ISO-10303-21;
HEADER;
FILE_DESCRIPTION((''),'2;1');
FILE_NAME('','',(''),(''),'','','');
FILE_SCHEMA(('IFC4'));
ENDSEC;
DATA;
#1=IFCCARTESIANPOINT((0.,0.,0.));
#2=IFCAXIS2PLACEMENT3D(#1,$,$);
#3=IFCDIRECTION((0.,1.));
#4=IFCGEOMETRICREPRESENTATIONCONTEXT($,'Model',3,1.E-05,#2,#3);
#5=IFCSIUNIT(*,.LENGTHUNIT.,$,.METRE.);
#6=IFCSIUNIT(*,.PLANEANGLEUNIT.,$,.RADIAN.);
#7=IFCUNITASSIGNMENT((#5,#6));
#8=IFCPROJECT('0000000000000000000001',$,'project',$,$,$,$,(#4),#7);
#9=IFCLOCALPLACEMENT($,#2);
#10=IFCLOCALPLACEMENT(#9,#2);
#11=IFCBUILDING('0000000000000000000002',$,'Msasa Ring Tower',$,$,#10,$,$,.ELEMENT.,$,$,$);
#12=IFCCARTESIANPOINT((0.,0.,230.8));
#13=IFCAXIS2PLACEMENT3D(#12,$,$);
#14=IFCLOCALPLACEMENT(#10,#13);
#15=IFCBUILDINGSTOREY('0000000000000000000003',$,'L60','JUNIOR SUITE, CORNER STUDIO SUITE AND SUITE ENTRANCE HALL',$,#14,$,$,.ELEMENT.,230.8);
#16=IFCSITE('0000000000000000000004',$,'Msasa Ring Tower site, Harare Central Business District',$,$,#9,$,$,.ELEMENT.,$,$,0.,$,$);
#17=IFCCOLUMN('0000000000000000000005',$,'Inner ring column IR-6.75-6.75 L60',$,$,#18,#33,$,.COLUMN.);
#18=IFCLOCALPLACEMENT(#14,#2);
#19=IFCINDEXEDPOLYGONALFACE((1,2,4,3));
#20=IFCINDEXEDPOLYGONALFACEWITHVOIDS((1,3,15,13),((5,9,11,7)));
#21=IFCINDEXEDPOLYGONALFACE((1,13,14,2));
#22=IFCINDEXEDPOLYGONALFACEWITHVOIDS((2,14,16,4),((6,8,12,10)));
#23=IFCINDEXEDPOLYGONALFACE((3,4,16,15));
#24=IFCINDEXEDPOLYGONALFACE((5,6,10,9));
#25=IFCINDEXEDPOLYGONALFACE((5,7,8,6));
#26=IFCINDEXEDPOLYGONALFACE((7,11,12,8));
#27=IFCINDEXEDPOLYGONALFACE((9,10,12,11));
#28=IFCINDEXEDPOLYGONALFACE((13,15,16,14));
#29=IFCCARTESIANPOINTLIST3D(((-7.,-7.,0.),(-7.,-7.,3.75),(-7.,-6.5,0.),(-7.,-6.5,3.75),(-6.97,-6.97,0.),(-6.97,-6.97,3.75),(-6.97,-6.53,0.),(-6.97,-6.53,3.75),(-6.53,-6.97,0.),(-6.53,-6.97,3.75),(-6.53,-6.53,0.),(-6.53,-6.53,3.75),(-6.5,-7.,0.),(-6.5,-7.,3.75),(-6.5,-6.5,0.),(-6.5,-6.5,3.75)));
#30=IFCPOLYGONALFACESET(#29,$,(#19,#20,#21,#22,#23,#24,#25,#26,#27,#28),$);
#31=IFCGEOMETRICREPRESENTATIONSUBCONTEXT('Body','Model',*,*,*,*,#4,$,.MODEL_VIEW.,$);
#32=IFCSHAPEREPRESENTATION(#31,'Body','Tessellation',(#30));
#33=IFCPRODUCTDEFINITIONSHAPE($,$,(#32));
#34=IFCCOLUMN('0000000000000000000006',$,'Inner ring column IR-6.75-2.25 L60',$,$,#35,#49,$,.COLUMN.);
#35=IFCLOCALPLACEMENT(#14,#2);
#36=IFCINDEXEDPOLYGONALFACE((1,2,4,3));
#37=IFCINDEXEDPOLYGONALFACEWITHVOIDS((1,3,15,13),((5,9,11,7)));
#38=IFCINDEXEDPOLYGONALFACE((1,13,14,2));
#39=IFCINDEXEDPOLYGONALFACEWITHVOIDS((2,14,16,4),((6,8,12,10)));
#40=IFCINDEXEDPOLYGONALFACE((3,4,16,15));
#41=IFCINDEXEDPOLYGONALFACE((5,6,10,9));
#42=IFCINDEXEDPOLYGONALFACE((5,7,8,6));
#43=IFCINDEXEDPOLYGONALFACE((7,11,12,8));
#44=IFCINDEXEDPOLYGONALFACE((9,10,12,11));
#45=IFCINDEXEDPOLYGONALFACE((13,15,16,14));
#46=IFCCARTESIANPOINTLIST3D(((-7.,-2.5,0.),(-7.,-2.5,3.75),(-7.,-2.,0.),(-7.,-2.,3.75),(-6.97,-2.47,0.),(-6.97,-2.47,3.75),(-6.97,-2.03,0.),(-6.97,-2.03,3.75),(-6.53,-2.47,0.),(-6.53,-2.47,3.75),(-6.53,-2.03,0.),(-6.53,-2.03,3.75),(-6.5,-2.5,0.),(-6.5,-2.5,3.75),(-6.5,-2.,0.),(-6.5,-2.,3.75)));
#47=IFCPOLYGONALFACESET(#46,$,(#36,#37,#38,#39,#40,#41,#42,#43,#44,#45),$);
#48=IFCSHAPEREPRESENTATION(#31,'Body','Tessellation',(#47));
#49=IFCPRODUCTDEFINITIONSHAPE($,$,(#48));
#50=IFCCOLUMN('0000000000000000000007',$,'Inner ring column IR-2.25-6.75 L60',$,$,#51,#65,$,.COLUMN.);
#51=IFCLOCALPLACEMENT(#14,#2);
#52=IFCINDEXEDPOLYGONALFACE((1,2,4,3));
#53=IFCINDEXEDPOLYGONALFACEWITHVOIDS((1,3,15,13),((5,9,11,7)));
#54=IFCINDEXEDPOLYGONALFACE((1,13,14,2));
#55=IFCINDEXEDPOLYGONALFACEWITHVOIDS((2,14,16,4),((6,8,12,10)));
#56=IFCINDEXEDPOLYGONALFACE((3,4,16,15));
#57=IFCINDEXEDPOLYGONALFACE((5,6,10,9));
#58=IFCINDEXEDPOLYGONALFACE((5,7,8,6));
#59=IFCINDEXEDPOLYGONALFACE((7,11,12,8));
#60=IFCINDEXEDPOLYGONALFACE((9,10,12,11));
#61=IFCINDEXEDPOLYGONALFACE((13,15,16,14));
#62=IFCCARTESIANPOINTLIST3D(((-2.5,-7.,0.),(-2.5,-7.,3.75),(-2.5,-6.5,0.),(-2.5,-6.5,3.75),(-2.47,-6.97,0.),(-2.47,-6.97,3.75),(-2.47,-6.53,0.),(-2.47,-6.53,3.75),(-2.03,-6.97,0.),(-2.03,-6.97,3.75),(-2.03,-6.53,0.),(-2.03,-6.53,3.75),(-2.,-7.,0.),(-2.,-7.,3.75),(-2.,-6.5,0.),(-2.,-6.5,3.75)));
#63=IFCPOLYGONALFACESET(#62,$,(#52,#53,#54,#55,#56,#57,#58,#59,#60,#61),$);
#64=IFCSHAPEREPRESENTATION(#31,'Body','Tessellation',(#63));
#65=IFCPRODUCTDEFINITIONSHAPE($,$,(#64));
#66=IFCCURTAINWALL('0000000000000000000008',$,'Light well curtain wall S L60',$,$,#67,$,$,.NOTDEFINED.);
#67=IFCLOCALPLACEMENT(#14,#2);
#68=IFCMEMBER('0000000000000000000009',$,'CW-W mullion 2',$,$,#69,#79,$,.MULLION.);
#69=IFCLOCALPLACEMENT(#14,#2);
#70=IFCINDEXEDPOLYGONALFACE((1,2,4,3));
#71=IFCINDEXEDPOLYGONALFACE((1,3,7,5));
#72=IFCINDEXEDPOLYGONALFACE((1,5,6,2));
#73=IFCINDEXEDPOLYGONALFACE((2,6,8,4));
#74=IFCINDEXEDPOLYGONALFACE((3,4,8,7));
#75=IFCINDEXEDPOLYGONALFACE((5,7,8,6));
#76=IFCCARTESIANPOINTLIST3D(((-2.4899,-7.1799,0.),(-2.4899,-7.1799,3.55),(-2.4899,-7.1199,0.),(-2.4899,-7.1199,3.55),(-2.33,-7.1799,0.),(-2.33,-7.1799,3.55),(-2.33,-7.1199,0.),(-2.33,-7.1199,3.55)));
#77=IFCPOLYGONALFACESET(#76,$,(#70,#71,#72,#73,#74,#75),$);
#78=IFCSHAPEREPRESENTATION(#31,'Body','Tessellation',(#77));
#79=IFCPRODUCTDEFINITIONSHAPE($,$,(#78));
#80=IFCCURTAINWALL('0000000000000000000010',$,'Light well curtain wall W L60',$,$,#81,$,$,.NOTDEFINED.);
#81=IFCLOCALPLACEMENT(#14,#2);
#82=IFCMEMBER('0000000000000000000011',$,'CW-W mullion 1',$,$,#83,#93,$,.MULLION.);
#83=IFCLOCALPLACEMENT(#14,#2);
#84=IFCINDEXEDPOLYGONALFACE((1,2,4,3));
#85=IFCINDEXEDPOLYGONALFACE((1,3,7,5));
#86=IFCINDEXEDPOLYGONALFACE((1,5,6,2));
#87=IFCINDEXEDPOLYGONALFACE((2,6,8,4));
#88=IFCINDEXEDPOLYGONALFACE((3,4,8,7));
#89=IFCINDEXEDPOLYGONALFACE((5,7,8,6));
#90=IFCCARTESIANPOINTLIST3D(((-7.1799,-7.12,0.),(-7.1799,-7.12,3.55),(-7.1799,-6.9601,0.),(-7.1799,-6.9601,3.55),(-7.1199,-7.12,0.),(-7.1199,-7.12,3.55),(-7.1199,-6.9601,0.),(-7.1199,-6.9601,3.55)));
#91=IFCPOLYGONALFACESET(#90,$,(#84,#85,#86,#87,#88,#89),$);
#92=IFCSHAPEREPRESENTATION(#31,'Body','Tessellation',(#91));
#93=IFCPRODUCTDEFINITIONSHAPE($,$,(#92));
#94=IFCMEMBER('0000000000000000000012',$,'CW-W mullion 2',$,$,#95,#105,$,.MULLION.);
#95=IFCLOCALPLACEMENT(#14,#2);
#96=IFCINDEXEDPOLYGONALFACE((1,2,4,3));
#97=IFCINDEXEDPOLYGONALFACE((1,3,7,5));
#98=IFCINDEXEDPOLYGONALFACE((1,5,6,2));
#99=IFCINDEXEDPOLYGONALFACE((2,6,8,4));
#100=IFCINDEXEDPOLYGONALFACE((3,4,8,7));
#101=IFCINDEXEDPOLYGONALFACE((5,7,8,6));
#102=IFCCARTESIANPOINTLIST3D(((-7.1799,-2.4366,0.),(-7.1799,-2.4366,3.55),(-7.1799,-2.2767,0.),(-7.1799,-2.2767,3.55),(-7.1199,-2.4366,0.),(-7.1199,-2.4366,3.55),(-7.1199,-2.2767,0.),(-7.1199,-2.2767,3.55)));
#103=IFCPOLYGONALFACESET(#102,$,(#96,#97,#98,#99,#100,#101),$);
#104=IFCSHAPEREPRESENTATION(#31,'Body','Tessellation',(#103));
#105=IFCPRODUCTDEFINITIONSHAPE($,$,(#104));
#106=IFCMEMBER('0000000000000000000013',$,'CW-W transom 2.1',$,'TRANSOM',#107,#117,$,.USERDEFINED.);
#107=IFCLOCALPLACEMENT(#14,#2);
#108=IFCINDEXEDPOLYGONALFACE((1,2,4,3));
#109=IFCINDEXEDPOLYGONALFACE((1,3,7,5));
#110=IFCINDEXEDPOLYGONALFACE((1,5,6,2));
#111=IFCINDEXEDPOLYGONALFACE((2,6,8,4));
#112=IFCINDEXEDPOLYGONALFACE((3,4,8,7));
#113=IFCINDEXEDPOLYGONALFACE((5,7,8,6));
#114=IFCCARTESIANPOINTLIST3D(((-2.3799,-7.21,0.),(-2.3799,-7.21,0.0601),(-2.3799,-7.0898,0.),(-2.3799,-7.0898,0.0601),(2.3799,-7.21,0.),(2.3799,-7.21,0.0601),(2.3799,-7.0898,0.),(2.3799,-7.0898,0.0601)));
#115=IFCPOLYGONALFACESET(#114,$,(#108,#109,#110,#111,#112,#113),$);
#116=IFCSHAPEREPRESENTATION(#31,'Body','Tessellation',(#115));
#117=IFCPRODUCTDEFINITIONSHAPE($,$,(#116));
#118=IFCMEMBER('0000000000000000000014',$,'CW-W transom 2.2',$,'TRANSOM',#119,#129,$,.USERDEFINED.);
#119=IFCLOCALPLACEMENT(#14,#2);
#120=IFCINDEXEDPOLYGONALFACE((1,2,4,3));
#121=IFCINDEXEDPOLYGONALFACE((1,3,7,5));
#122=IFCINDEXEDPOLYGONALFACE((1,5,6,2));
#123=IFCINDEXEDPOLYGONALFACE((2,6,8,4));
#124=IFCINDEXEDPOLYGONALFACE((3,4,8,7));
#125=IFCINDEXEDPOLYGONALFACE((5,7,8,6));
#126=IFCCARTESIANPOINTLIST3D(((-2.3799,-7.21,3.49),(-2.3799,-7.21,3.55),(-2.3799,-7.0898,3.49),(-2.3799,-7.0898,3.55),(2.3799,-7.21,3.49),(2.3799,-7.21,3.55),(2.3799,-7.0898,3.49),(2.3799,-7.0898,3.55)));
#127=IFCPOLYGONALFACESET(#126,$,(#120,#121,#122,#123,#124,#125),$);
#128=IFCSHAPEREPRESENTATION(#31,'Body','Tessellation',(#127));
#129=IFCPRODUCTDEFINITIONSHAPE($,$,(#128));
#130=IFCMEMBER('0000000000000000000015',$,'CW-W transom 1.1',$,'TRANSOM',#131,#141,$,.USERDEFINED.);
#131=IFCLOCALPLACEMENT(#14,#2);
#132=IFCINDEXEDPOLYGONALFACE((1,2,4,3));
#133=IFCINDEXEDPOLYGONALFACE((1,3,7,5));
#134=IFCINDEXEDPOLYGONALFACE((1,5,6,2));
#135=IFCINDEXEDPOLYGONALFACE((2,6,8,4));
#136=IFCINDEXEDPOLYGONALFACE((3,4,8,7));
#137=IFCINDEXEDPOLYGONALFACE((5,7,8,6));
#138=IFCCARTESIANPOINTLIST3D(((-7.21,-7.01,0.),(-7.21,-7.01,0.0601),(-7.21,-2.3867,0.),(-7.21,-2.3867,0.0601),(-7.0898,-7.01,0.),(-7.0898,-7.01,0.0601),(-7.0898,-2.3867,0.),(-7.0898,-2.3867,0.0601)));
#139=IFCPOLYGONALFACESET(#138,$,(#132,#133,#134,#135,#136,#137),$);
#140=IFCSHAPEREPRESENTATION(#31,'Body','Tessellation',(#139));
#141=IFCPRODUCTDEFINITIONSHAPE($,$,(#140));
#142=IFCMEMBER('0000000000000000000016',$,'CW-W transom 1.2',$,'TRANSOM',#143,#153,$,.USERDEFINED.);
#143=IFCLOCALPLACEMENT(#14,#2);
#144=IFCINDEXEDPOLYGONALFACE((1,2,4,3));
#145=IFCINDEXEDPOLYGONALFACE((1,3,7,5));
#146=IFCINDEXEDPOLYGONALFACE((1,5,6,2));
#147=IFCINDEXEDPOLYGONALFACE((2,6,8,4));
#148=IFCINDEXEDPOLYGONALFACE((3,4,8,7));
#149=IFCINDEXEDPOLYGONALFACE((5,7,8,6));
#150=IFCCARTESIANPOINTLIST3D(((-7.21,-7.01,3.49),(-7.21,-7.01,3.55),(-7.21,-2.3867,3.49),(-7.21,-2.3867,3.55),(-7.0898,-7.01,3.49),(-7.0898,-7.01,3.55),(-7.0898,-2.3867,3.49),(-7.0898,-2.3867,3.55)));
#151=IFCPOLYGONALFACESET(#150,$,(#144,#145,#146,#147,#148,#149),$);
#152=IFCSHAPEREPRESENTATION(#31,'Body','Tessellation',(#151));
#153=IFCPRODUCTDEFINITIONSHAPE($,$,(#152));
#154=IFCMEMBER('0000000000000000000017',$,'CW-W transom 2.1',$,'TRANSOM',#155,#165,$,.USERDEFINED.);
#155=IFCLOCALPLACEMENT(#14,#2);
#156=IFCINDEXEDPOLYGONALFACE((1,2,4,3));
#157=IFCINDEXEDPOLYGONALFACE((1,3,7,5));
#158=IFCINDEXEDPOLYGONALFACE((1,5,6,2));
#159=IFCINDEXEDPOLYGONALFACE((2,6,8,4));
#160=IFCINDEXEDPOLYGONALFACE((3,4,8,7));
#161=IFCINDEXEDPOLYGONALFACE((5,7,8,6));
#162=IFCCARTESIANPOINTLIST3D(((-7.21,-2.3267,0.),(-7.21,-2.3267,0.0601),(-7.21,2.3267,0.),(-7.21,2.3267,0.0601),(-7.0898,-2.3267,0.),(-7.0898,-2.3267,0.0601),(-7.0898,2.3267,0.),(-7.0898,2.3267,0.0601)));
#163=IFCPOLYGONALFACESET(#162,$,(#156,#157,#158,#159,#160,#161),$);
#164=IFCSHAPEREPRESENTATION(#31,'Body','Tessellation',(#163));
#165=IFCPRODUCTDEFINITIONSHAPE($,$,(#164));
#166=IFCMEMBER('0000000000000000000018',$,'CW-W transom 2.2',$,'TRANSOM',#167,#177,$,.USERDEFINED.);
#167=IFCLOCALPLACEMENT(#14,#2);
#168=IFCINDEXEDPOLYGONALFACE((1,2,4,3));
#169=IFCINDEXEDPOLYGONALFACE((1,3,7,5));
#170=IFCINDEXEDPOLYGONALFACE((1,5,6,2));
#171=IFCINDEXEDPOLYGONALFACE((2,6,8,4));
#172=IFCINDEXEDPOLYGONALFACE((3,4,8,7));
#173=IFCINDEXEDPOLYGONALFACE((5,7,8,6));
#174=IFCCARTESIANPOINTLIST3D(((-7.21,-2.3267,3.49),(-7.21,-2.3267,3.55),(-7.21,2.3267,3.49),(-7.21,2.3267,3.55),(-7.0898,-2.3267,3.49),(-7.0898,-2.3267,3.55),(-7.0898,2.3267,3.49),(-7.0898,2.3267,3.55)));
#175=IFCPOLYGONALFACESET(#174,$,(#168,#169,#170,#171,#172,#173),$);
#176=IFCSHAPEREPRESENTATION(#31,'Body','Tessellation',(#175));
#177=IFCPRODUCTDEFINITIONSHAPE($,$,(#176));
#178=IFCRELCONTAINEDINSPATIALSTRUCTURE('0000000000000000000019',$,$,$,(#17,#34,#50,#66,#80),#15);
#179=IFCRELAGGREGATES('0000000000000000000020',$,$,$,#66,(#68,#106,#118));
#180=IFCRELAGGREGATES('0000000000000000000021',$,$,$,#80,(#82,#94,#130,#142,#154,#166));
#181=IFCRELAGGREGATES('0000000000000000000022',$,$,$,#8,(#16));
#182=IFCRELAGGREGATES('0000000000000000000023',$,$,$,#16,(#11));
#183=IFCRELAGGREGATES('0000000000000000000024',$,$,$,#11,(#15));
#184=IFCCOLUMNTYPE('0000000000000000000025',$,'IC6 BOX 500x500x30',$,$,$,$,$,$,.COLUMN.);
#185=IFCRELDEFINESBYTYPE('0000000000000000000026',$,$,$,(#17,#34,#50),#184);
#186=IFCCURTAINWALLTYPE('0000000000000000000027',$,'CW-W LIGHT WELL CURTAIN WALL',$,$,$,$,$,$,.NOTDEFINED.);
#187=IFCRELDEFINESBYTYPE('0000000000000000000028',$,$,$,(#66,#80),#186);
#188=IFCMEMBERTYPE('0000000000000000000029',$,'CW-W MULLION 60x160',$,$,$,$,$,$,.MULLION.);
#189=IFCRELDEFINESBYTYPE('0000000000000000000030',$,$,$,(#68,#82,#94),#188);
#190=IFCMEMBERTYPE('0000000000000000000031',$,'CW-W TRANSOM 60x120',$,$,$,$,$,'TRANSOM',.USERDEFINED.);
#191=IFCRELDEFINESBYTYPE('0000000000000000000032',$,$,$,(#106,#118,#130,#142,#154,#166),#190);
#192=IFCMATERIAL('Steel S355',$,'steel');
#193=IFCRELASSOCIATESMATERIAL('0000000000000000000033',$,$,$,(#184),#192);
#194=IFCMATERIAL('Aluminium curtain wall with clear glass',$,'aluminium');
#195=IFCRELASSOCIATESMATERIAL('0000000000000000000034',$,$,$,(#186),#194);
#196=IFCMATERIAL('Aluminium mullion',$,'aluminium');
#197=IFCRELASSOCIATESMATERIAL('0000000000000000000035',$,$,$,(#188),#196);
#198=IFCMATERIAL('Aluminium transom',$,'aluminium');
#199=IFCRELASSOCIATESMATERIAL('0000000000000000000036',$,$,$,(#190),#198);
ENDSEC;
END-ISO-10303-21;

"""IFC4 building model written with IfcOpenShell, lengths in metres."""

from ifc_helpers import new_model, si_unit, direction, frame, origin, origin_2d, place, context, subcontext, project, spatial, rectangle, hollow_rectangle, extrude, material, material_profile, profile_set, type_object, element, aggregate, save


model = new_model("IFC4")

# Units and contexts
model_context = context("Model", 3, precision=1e-05, world=origin(), true_north=direction((0.0, 1.0)))
body_context = subcontext(model_context, "Body", "Model", "MODEL_VIEW")
ifc_project = project(units=[si_unit("LENGTHUNIT", "METRE"), si_unit("PLANEANGLEUNIT", "RADIAN")], contexts=[model_context])

# Site, building, storey
site_placement = place(None, origin())
site = spatial("IfcSite", under=ifc_project, at=site_placement, Name="Msasa Ring Tower site, Harare Central Business District", CompositionType="ELEMENT", RefElevation=0.0)
building_placement = place(site_placement, origin())
building = spatial("IfcBuilding", under=site, at=building_placement, Name="Msasa Ring Tower", CompositionType="ELEMENT")
storey_placement = place(building_placement, frame((0.0, 0.0, 230.8)))
storey = spatial("IfcBuildingStorey", under=building, at=storey_placement, Name="L60", Description="JUNIOR SUITE, CORNER STUDIO SUITE AND SUITE ENTRANCE HALL", CompositionType="ELEMENT", Elevation=230.8)

# Columns
ifc_material_1 = material(Name="Steel S355", Category="steel")
ifc_material_profile_1 = material_profile(ifc_material_1, hollow_rectangle(XDim=0.5, YDim=0.5, WallThickness=0.03, at=origin_2d()), Name="BOX 500x500x30")
ifc_profile_set_1 = profile_set([ifc_material_profile_1], Name="Steel S355")
column_type = type_object("IfcColumnType", Name="IC6 BOX 500x500x30", PredefinedType="COLUMN", material=ifc_profile_set_1)
for number, where, z_axis, x_axis, name in (
    (1, (-6.75, -6.75, 0.0), (0.0, 0.0, 1.0), (1.0, 0.0, 0.0), "Inner ring column IR-6.75-6.75 L60"),
    (2, (-6.75, -2.25, 0.0), (0.0, 0.0, 1.0), (1.0, 0.0, 0.0), "Inner ring column IR-6.75-2.25 L60"),
    (3, (-2.25, -6.75, 0.0), (0.0, 0.0, 1.0), (1.0, 0.0, 0.0), "Inner ring column IR-2.25-6.75 L60"),
):
    element("IfcColumn", number, at=place(storey_placement, frame(where, z_axis=z_axis, x_axis=x_axis)), inside=storey, type_object=column_type, Name=name, PredefinedType="COLUMN", context=body_context, shape_type="SweptSolid", body=[
        extrude(hollow_rectangle(XDim=0.5, YDim=0.5, WallThickness=0.03, at=origin_2d()), origin(), (0.0, 0.0, 1.0), 3.75),
    ])

# Curtain wall, member
ifc_material_2 = material(Name="Aluminium curtain wall with clear glass", Category="aluminium")
curtain_wall_type = type_object("IfcCurtainWallType", Name="CW-W LIGHT WELL CURTAIN WALL", PredefinedType="NOTDEFINED", material=ifc_material_2)
curtain_wall_1_placement = place(storey_placement, origin())
curtain_wall_1 = element("IfcCurtainWall", 4, at=curtain_wall_1_placement, inside=storey, type_object=curtain_wall_type, Name="Light well curtain wall S L60", PredefinedType="NOTDEFINED")
ifc_material_3 = material(Name="Aluminium mullion", Category="aluminium")
ifc_material_profile_2 = material_profile(ifc_material_3, rectangle(XDim=0.0601, YDim=0.1599, at=origin_2d()), Name="AL 60x160")
ifc_profile_set_2 = profile_set([ifc_material_profile_2], Name="Aluminium mullion")
member_type_1 = type_object("IfcMemberType", Name="CW-W MULLION 60x160", PredefinedType="MULLION", material=ifc_profile_set_2)
member_1_placement = place(storey_placement, frame((-2.4099, -7.1499, 0.0), z_axis=(0.0, 0.0, 1.0), x_axis=(0.0, 1.0, 0.0)))
member_1 = element("IfcMember", 5, at=member_1_placement, type_object=member_type_1, Name="CW-W mullion 2", PredefinedType="MULLION", context=body_context, shape_type="SweptSolid", body=[
    extrude(rectangle(XDim=0.0601, YDim=0.1599, at=origin_2d()), origin(), (0.0, 0.0, 1.0), 3.55),
])

# Curtain wall, members
curtain_wall_2_placement = place(storey_placement, origin())
curtain_wall_2 = element("IfcCurtainWall", 6, at=curtain_wall_2_placement, inside=storey, type_object=curtain_wall_type, Name="Light well curtain wall W L60", PredefinedType="NOTDEFINED")
member_2_placement = place(storey_placement, frame((-7.1499, -7.04, 0.0), z_axis=(0.0, 0.0, 1.0), x_axis=(-1.0, 0.0, 0.0)))
member_2 = element("IfcMember", 7, at=member_2_placement, type_object=member_type_1, Name="CW-W mullion 1", PredefinedType="MULLION", context=body_context, shape_type="SweptSolid", body=[
    extrude(rectangle(XDim=0.0601, YDim=0.1599, at=origin_2d()), origin(), (0.0, 0.0, 1.0), 3.55),
])
member_3_placement = place(storey_placement, frame((-7.1499, -2.3567, 0.0), z_axis=(0.0, 0.0, 1.0), x_axis=(-1.0, 0.0, 0.0)))
member_3 = element("IfcMember", 8, at=member_3_placement, type_object=member_type_1, Name="CW-W mullion 2", PredefinedType="MULLION", context=body_context, shape_type="SweptSolid", body=[
    extrude(rectangle(XDim=0.0601, YDim=0.1599, at=origin_2d()), origin(), (0.0, 0.0, 1.0), 3.55),
])

# Members
ifc_material_4 = material(Name="Aluminium transom", Category="aluminium")
ifc_material_profile_3 = material_profile(ifc_material_4, rectangle(XDim=0.1201, YDim=0.0601, at=origin_2d()), Name="AL 60x120")
ifc_profile_set_3 = profile_set([ifc_material_profile_3], Name="Aluminium transom")
member_type_2 = type_object("IfcMemberType", Name="CW-W TRANSOM 60x120", ElementType="TRANSOM", PredefinedType="USERDEFINED", material=ifc_profile_set_3)
member_4_placement = place(storey_placement, frame((-2.3799, -7.1499, 0.03), z_axis=(1.0, 0.0, 0.0), x_axis=(0.0, 1.0, 0.0)))
member_4 = element("IfcMember", 9, at=member_4_placement, type_object=member_type_2, Name="CW-W transom 2.1", ObjectType="TRANSOM", PredefinedType="USERDEFINED", context=body_context, shape_type="SweptSolid", body=[
    extrude(rectangle(XDim=0.1201, YDim=0.0601, at=origin_2d()), origin(), (0.0, 0.0, 1.0), 4.7598),
])
member_5_placement = place(storey_placement, frame((-2.3799, -7.1499, 3.52), z_axis=(1.0, 0.0, 0.0), x_axis=(0.0, 1.0, 0.0)))
member_5 = element("IfcMember", 10, at=member_5_placement, type_object=member_type_2, Name="CW-W transom 2.2", ObjectType="TRANSOM", PredefinedType="USERDEFINED", context=body_context, shape_type="SweptSolid", body=[
    extrude(rectangle(XDim=0.1201, YDim=0.0601, at=origin_2d()), origin(), (0.0, 0.0, 1.0), 4.7598),
])
member_6_placement = place(storey_placement, frame((-7.1499, -7.01, 0.03), z_axis=(0.0, 1.0, 0.0), x_axis=(-1.0, 0.0, 0.0)))
member_6 = element("IfcMember", 11, at=member_6_placement, type_object=member_type_2, Name="CW-W transom 1.1", ObjectType="TRANSOM", PredefinedType="USERDEFINED", context=body_context, shape_type="SweptSolid", body=[
    extrude(rectangle(XDim=0.1201, YDim=0.0601, at=origin_2d()), origin(), (0.0, 0.0, 1.0), 4.6233),
])
member_7_placement = place(storey_placement, frame((-7.1499, -7.01, 3.52), z_axis=(0.0, 1.0, 0.0), x_axis=(-1.0, 0.0, 0.0)))
member_7 = element("IfcMember", 12, at=member_7_placement, type_object=member_type_2, Name="CW-W transom 1.2", ObjectType="TRANSOM", PredefinedType="USERDEFINED", context=body_context, shape_type="SweptSolid", body=[
    extrude(rectangle(XDim=0.1201, YDim=0.0601, at=origin_2d()), origin(), (0.0, 0.0, 1.0), 4.6233),
])
member_8_placement = place(storey_placement, frame((-7.1499, -2.3267, 0.03), z_axis=(0.0, 1.0, 0.0), x_axis=(-1.0, 0.0, 0.0)))
member_8 = element("IfcMember", 13, at=member_8_placement, type_object=member_type_2, Name="CW-W transom 2.1", ObjectType="TRANSOM", PredefinedType="USERDEFINED", context=body_context, shape_type="SweptSolid", body=[
    extrude(rectangle(XDim=0.1201, YDim=0.0601, at=origin_2d()), origin(), (0.0, 0.0, 1.0), 4.6533),
])
member_9_placement = place(storey_placement, frame((-7.1499, -2.3267, 3.52), z_axis=(0.0, 1.0, 0.0), x_axis=(-1.0, 0.0, 0.0)))
member_9 = element("IfcMember", 14, at=member_9_placement, type_object=member_type_2, Name="CW-W transom 2.2", ObjectType="TRANSOM", PredefinedType="USERDEFINED", context=body_context, shape_type="SweptSolid", body=[
    extrude(rectangle(XDim=0.1201, YDim=0.0601, at=origin_2d()), origin(), (0.0, 0.0, 1.0), 4.6533),
])

aggregate(curtain_wall_1, [member_1, member_4, member_5])
aggregate(curtain_wall_2, [member_2, member_3, member_6, member_7, member_8, member_9])

save(model, "model.ifc")
